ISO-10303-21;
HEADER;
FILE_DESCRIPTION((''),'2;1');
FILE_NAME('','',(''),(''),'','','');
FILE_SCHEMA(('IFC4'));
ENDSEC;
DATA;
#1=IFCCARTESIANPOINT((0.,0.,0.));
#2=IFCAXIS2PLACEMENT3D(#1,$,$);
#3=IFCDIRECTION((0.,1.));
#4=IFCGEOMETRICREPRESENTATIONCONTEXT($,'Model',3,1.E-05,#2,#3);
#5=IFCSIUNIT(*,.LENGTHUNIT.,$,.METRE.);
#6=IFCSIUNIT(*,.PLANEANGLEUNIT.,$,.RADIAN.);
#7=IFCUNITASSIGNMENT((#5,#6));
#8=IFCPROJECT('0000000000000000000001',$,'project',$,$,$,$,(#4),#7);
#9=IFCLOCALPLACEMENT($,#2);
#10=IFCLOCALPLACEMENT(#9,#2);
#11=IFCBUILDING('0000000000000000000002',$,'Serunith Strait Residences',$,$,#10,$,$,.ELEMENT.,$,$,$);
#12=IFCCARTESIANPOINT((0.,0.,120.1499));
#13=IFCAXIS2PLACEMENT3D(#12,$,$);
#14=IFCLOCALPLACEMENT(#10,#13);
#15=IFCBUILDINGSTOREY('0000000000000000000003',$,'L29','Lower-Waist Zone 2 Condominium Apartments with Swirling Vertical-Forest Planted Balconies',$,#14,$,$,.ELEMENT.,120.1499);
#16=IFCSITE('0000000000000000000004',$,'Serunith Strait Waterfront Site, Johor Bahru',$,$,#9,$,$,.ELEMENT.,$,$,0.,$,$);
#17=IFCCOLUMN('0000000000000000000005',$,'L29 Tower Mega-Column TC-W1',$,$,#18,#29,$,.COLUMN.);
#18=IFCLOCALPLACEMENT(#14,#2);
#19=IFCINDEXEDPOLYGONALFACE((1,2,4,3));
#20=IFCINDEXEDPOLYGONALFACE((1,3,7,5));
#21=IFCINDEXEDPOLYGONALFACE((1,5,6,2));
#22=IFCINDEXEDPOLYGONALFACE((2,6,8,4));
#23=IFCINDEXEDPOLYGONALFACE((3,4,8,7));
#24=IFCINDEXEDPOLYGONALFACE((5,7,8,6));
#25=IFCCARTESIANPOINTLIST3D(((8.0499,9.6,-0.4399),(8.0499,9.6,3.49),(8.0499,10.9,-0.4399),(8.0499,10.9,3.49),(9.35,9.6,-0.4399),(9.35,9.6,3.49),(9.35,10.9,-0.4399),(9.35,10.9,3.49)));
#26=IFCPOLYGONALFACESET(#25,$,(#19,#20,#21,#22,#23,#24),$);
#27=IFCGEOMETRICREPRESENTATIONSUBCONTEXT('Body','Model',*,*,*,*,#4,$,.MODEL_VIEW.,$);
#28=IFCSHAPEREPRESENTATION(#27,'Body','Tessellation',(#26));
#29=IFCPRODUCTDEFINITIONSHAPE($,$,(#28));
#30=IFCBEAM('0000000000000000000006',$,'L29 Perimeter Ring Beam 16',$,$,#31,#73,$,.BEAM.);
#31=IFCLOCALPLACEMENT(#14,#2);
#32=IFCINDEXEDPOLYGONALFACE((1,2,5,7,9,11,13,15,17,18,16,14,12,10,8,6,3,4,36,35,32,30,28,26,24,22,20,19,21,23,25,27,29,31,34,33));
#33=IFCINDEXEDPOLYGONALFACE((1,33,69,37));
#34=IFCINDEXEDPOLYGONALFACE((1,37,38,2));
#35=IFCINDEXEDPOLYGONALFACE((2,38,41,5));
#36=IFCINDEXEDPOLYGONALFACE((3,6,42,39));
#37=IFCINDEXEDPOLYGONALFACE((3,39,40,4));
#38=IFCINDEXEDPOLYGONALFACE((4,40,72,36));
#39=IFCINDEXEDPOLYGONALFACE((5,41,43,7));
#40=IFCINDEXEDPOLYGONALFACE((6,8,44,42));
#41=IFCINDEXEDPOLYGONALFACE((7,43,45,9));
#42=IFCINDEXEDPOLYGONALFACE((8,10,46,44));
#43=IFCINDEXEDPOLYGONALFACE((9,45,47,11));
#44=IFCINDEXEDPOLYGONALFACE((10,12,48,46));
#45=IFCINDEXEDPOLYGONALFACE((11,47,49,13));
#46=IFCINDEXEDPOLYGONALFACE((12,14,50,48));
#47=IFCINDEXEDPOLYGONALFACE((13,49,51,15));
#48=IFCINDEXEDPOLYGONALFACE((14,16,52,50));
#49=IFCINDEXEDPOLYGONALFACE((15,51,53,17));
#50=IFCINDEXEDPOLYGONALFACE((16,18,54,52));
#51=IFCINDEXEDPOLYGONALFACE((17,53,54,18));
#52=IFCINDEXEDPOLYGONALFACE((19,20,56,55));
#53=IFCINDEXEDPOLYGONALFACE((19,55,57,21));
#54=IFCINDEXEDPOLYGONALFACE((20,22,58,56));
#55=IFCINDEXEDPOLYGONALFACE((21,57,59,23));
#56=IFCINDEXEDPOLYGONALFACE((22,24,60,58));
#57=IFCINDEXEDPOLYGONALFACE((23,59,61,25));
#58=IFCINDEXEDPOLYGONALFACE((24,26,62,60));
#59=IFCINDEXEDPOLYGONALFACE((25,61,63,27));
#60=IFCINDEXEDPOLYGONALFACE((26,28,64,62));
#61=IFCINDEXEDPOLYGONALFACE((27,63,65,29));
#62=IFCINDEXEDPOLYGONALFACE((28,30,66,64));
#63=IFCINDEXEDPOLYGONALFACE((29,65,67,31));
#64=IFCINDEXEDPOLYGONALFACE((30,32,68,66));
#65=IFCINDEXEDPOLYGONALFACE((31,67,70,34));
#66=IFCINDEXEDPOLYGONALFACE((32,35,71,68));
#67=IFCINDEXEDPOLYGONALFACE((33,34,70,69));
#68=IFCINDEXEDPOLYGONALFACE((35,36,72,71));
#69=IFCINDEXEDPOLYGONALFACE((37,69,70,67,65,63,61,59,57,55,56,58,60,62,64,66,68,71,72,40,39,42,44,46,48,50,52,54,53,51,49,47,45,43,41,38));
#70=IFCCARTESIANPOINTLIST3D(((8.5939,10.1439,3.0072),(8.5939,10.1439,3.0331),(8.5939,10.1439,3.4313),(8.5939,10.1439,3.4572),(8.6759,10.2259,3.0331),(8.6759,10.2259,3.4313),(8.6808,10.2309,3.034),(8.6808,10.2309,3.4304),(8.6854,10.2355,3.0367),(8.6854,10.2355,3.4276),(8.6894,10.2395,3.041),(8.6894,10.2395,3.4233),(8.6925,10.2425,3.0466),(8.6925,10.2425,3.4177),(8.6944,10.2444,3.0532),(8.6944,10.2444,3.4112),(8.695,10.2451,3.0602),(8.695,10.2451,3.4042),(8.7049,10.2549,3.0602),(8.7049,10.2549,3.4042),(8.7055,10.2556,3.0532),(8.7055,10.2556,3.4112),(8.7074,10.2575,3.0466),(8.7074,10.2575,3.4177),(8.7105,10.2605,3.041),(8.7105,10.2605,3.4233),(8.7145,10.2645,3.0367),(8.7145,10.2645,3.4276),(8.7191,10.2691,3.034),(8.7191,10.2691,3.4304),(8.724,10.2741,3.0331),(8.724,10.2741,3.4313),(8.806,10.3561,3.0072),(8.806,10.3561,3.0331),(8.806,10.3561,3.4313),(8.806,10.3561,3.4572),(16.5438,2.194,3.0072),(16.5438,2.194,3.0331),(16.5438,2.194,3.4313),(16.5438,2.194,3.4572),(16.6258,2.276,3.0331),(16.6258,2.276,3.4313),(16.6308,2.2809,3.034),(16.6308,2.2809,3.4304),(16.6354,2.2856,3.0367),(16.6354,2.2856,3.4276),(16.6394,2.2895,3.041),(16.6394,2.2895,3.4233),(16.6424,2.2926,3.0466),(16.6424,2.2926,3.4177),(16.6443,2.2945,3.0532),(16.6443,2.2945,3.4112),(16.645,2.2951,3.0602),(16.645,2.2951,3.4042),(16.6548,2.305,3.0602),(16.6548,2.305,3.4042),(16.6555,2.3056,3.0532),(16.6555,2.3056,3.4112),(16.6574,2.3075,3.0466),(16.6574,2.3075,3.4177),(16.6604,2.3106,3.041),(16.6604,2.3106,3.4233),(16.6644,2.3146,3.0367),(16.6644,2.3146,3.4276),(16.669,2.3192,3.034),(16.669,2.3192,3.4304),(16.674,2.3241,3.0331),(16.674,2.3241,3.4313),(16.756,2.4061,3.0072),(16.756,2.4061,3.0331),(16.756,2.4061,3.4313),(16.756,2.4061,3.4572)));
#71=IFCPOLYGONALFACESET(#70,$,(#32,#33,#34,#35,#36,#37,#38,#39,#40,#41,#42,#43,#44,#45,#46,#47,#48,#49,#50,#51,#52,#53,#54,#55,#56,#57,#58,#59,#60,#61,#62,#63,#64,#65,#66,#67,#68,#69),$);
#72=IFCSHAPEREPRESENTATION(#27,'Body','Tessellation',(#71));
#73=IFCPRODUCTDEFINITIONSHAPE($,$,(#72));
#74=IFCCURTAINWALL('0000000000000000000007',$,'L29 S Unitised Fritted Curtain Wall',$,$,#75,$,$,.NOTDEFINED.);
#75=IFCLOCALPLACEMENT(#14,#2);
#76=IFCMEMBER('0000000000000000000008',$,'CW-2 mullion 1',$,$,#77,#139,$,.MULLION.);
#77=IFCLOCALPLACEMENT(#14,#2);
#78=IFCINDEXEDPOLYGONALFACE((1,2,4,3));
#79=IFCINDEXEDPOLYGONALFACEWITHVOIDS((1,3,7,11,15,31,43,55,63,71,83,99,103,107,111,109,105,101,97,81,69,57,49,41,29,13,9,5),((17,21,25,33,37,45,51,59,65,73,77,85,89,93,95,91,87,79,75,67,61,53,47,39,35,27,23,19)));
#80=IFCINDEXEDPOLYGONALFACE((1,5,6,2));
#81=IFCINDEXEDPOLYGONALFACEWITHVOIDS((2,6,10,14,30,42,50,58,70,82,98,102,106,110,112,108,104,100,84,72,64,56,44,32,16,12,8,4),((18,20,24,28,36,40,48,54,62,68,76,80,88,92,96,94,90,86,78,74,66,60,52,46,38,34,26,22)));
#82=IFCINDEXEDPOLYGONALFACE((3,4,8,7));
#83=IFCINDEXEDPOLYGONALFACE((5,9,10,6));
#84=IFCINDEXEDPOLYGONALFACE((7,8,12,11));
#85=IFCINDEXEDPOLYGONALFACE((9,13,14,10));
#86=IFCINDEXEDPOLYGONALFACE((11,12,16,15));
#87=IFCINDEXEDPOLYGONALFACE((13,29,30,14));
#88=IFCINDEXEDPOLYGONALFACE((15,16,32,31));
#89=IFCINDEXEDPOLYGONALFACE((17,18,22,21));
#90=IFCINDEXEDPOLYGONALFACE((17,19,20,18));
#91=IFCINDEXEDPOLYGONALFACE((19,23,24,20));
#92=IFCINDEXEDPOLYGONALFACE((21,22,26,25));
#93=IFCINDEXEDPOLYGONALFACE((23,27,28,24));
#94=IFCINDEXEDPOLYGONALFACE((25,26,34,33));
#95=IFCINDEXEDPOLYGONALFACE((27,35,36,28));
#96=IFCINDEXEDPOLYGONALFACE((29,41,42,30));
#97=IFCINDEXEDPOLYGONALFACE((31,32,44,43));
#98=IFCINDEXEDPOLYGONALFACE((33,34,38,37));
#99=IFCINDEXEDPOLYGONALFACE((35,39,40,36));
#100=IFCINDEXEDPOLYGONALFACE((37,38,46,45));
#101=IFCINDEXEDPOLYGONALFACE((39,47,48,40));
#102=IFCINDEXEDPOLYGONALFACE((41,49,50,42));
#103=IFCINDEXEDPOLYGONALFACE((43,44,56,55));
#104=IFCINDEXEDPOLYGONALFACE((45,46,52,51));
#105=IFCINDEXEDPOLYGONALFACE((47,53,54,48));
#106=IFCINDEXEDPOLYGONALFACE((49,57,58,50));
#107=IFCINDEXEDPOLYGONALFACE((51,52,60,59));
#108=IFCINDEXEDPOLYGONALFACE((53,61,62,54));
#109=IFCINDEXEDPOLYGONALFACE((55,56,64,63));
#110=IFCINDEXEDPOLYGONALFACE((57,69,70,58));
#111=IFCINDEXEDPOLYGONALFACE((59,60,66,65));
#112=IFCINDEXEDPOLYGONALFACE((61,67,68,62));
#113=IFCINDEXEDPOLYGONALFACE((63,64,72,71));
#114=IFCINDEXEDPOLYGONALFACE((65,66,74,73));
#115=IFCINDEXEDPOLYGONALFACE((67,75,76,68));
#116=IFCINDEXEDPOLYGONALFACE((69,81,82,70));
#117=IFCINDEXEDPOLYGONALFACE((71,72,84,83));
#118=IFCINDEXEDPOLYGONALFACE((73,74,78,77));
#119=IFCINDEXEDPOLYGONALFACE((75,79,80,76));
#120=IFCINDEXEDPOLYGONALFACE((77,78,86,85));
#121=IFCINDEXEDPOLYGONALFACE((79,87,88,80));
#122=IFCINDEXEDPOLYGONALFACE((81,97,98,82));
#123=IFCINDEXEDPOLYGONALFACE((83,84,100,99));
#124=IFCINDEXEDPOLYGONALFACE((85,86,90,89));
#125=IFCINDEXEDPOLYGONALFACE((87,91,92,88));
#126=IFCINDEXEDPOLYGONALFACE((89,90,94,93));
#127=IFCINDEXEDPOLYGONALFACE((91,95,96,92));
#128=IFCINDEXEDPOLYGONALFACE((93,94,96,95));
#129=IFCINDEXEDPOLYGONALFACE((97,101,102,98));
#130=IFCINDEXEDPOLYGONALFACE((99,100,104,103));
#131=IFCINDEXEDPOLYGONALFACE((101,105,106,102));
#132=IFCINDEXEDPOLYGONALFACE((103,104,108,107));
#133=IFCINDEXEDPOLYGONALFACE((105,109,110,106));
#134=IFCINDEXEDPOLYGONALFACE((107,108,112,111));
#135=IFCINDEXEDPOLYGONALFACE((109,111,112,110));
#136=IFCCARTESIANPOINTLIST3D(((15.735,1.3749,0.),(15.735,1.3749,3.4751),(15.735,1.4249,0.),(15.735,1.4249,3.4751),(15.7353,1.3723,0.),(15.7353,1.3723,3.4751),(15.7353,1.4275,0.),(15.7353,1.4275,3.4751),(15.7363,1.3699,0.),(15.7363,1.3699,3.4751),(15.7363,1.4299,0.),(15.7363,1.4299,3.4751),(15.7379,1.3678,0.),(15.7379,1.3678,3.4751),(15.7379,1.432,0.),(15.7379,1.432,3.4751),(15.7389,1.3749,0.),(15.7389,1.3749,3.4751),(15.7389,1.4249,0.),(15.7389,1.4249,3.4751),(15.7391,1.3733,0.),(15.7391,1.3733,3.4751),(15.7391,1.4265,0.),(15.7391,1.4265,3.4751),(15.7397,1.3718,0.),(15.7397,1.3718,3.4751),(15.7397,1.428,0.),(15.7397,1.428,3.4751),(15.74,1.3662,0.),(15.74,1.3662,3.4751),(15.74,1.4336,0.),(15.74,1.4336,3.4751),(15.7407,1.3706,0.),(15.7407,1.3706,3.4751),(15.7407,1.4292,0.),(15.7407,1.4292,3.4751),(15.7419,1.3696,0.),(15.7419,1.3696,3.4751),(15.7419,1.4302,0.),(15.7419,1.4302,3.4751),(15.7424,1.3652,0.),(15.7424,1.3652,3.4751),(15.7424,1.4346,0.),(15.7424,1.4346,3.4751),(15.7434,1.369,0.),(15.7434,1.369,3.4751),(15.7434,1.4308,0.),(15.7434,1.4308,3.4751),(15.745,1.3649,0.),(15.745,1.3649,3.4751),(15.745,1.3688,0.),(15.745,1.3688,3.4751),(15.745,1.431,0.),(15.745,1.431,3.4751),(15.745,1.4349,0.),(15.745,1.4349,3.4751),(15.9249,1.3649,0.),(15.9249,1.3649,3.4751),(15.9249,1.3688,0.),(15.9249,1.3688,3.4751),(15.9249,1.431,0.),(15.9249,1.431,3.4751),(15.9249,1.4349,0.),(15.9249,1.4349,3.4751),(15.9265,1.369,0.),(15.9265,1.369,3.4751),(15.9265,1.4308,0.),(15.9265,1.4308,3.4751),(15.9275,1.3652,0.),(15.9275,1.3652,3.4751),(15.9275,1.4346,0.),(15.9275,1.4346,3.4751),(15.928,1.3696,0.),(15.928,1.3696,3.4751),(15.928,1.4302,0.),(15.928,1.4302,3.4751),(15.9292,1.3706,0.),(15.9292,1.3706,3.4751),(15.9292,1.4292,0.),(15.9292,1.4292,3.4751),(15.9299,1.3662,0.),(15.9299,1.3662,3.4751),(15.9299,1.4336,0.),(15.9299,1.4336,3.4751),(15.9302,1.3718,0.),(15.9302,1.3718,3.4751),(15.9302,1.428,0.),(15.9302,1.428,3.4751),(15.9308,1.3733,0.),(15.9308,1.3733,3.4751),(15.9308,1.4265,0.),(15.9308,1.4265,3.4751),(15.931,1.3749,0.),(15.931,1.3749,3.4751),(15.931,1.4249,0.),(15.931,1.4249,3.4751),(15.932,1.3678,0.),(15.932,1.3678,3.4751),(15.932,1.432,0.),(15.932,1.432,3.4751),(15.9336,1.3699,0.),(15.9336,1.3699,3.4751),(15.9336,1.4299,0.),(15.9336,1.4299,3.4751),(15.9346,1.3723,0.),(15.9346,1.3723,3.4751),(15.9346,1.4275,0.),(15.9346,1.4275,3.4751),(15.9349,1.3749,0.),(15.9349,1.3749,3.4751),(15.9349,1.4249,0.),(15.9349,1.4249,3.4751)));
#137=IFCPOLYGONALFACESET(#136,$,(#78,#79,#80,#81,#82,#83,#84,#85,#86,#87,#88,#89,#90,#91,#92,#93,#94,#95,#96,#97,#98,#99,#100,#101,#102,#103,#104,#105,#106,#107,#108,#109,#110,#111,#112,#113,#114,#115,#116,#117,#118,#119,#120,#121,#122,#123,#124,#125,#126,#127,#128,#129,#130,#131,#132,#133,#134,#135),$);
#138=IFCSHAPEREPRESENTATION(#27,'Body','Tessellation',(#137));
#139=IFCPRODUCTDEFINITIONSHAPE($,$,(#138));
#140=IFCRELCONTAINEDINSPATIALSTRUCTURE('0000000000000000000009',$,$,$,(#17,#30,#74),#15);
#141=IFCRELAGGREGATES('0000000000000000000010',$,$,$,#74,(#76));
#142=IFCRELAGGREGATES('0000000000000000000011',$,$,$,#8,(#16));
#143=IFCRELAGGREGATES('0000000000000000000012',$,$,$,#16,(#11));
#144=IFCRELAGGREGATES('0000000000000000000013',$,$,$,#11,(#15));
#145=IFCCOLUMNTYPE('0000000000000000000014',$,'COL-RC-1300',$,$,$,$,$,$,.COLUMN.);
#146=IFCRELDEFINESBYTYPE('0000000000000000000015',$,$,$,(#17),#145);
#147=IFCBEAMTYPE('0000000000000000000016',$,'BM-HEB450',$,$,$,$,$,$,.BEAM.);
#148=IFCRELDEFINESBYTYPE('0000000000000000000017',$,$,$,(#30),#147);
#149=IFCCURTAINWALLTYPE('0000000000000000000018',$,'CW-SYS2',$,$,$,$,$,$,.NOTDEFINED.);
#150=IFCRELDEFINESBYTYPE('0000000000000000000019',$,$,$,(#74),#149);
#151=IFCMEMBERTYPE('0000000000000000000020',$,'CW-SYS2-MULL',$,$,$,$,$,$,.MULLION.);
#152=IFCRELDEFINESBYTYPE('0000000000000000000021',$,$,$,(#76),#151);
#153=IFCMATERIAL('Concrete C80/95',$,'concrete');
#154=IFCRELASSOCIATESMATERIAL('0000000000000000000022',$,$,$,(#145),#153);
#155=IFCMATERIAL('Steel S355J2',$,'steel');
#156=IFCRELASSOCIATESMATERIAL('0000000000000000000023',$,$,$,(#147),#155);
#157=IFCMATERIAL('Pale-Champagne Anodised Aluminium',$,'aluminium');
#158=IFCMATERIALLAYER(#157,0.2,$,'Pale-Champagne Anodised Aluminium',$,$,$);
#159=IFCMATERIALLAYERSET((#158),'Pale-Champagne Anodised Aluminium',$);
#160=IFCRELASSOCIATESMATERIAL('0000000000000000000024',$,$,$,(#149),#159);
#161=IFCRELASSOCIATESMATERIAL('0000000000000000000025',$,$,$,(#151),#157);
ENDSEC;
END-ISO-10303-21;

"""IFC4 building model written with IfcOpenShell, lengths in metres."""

from ifc_helpers import new_model, si_unit, direction, frame, origin, origin_2d, place, context, subcontext, project, spatial, rectangle, hollow_rectangle, i_section, extrude, source, transform, mapped, material, layer, layer_set, material_profile, profile_set, type_object, element, aggregate, save


model = new_model("IFC4")

# Units and contexts
model_context = context("Model", 3, precision=1e-05, world=origin(), true_north=direction((0.0, 1.0)))
body_context = subcontext(model_context, "Body", "Model", "MODEL_VIEW")
ifc_project = project(units=[si_unit("LENGTHUNIT", "METRE"), si_unit("PLANEANGLEUNIT", "RADIAN")], contexts=[model_context])

# Site, building, storey
site_placement = place(None, origin())
site = spatial("IfcSite", under=ifc_project, at=site_placement, Name="Serunith Strait Waterfront Site, Johor Bahru", CompositionType="ELEMENT", RefElevation=0.0)
building_placement = place(site_placement, origin())
building = spatial("IfcBuilding", under=site, at=building_placement, Name="Serunith Strait Residences", CompositionType="ELEMENT")
storey_placement = place(building_placement, frame((0.0, 0.0, 120.1499)))
storey = spatial("IfcBuildingStorey", under=building, at=storey_placement, Name="L29", Description="Lower-Waist Zone 2 Condominium Apartments with Swirling Vertical-Forest Planted Balconies", CompositionType="ELEMENT", Elevation=120.1499)

# Column
ifc_material_1 = material(Name="Concrete C80/95", Category="concrete")
ifc_material_profile_1 = material_profile(ifc_material_1, rectangle(XDim=1.3, YDim=1.3, at=origin_2d()), Name="RC 1300x1300")
ifc_profile_set_1 = profile_set([ifc_material_profile_1], Name="Concrete C80/95")
column_type = type_object("IfcColumnType", Name="COL-RC-1300", PredefinedType="COLUMN", material=ifc_profile_set_1)
shared_shape_1 = source(origin(), body_context, "Body", "SweptSolid", [
    extrude(rectangle(XDim=1.3, YDim=1.3, at=origin_2d()), origin(), (0.0, 0.0, 1.0), 3.9299),
])
column_placement = place(storey_placement, frame((8.7, 10.25, -0.4399), z_axis=(0.0, 0.0, 1.0), x_axis=(1.0, 0.0, 0.0)))
element("IfcColumn", 1, at=column_placement, inside=storey, type_object=column_type, Name="L29 Tower Mega-Column TC-W1", PredefinedType="COLUMN", context=body_context, shape_type="MappedRepresentation", body=[
    mapped(shared_shape_1, transform((0.0, 0.0, 0.0), scale=1.0)),
])

# Beam
ifc_material_2 = material(Name="Steel S355J2", Category="steel")
ifc_material_profile_2 = material_profile(ifc_material_2, i_section(OverallWidth=0.3, OverallDepth=0.45, WebThickness=0.0139, FlangeThickness=0.0259, FilletRadius=0.0271, at=origin_2d()), Name="HEB 450")
ifc_profile_set_2 = profile_set([ifc_material_profile_2], Name="Steel S355J2")
beam_type = type_object("IfcBeamType", Name="BM-HEB450", PredefinedType="BEAM", material=ifc_profile_set_2)
shared_shape_2 = source(origin(), body_context, "Body", "SweptSolid", [
    extrude(i_section(OverallWidth=0.3, OverallDepth=0.45, WebThickness=0.0139, FlangeThickness=0.0259, FilletRadius=0.0271, at=origin_2d()), origin(), (0.0, 0.0, 1.0), 11.2429),
])
beam_placement = place(storey_placement, frame((8.7, 10.25, 3.2322), z_axis=(0.707107, -0.707107, 0.0), x_axis=(0.707107, 0.707107, 0.0)))
element("IfcBeam", 2, at=beam_placement, inside=storey, type_object=beam_type, Name="L29 Perimeter Ring Beam 16", PredefinedType="BEAM", context=body_context, shape_type="MappedRepresentation", body=[
    mapped(shared_shape_2, transform((0.0, 0.0, 0.0), scale=1.0)),
])

# Curtain wall, member
ifc_material_3 = material(Name="Pale-Champagne Anodised Aluminium", Category="aluminium")
ifc_layer_1 = layer(ifc_material_3, 0.2, Name="Pale-Champagne Anodised Aluminium")
ifc_layer_set_1 = layer_set([ifc_layer_1], Name="Pale-Champagne Anodised Aluminium")
curtain_wall_type = type_object("IfcCurtainWallType", Name="CW-SYS2", PredefinedType="NOTDEFINED", material=ifc_layer_set_1)
curtain_wall_1_placement = place(storey_placement, origin())
curtain_wall_1 = element("IfcCurtainWall", 3, at=curtain_wall_1_placement, inside=storey, type_object=curtain_wall_type, Name="L29 S Unitised Fritted Curtain Wall", PredefinedType="NOTDEFINED")
ifc_material_profile_3 = material_profile(ifc_material_3, hollow_rectangle(XDim=0.0701, YDim=0.2, WallThickness=0.0039, InnerFilletRadius=0.0061, OuterFilletRadius=0.01, at=origin_2d()), Name="ALU 200x70x4")
ifc_profile_set_3 = profile_set([ifc_material_profile_3], Name="Pale-Champagne Anodised Aluminium")
member_type_1 = type_object("IfcMemberType", Name="CW-SYS2-MULL", PredefinedType="MULLION", material=ifc_profile_set_3)
shared_shape_3 = source(origin(), body_context, "Body", "SweptSolid", [
    extrude(hollow_rectangle(XDim=0.0701, YDim=0.2, WallThickness=0.0039, InnerFilletRadius=0.0061, OuterFilletRadius=0.01, at=origin_2d()), origin(), (0.0, 0.0, 1.0), 3.4751),
])
member_1_placement = place(storey_placement, frame((15.835, 1.3999, 0.0), z_axis=(0.0, 0.0, 1.0), x_axis=(0.0, 1.0, 0.0)))
member_1 = element("IfcMember", 4, at=member_1_placement, type_object=member_type_1, Name="CW-2 mullion 1", PredefinedType="MULLION", context=body_context, shape_type="MappedRepresentation", body=[
    mapped(shared_shape_3, transform((0.0, 0.0, 0.0), scale=1.0)),
])

aggregate(curtain_wall_1, [member_1])

save(model, "model.ifc")
